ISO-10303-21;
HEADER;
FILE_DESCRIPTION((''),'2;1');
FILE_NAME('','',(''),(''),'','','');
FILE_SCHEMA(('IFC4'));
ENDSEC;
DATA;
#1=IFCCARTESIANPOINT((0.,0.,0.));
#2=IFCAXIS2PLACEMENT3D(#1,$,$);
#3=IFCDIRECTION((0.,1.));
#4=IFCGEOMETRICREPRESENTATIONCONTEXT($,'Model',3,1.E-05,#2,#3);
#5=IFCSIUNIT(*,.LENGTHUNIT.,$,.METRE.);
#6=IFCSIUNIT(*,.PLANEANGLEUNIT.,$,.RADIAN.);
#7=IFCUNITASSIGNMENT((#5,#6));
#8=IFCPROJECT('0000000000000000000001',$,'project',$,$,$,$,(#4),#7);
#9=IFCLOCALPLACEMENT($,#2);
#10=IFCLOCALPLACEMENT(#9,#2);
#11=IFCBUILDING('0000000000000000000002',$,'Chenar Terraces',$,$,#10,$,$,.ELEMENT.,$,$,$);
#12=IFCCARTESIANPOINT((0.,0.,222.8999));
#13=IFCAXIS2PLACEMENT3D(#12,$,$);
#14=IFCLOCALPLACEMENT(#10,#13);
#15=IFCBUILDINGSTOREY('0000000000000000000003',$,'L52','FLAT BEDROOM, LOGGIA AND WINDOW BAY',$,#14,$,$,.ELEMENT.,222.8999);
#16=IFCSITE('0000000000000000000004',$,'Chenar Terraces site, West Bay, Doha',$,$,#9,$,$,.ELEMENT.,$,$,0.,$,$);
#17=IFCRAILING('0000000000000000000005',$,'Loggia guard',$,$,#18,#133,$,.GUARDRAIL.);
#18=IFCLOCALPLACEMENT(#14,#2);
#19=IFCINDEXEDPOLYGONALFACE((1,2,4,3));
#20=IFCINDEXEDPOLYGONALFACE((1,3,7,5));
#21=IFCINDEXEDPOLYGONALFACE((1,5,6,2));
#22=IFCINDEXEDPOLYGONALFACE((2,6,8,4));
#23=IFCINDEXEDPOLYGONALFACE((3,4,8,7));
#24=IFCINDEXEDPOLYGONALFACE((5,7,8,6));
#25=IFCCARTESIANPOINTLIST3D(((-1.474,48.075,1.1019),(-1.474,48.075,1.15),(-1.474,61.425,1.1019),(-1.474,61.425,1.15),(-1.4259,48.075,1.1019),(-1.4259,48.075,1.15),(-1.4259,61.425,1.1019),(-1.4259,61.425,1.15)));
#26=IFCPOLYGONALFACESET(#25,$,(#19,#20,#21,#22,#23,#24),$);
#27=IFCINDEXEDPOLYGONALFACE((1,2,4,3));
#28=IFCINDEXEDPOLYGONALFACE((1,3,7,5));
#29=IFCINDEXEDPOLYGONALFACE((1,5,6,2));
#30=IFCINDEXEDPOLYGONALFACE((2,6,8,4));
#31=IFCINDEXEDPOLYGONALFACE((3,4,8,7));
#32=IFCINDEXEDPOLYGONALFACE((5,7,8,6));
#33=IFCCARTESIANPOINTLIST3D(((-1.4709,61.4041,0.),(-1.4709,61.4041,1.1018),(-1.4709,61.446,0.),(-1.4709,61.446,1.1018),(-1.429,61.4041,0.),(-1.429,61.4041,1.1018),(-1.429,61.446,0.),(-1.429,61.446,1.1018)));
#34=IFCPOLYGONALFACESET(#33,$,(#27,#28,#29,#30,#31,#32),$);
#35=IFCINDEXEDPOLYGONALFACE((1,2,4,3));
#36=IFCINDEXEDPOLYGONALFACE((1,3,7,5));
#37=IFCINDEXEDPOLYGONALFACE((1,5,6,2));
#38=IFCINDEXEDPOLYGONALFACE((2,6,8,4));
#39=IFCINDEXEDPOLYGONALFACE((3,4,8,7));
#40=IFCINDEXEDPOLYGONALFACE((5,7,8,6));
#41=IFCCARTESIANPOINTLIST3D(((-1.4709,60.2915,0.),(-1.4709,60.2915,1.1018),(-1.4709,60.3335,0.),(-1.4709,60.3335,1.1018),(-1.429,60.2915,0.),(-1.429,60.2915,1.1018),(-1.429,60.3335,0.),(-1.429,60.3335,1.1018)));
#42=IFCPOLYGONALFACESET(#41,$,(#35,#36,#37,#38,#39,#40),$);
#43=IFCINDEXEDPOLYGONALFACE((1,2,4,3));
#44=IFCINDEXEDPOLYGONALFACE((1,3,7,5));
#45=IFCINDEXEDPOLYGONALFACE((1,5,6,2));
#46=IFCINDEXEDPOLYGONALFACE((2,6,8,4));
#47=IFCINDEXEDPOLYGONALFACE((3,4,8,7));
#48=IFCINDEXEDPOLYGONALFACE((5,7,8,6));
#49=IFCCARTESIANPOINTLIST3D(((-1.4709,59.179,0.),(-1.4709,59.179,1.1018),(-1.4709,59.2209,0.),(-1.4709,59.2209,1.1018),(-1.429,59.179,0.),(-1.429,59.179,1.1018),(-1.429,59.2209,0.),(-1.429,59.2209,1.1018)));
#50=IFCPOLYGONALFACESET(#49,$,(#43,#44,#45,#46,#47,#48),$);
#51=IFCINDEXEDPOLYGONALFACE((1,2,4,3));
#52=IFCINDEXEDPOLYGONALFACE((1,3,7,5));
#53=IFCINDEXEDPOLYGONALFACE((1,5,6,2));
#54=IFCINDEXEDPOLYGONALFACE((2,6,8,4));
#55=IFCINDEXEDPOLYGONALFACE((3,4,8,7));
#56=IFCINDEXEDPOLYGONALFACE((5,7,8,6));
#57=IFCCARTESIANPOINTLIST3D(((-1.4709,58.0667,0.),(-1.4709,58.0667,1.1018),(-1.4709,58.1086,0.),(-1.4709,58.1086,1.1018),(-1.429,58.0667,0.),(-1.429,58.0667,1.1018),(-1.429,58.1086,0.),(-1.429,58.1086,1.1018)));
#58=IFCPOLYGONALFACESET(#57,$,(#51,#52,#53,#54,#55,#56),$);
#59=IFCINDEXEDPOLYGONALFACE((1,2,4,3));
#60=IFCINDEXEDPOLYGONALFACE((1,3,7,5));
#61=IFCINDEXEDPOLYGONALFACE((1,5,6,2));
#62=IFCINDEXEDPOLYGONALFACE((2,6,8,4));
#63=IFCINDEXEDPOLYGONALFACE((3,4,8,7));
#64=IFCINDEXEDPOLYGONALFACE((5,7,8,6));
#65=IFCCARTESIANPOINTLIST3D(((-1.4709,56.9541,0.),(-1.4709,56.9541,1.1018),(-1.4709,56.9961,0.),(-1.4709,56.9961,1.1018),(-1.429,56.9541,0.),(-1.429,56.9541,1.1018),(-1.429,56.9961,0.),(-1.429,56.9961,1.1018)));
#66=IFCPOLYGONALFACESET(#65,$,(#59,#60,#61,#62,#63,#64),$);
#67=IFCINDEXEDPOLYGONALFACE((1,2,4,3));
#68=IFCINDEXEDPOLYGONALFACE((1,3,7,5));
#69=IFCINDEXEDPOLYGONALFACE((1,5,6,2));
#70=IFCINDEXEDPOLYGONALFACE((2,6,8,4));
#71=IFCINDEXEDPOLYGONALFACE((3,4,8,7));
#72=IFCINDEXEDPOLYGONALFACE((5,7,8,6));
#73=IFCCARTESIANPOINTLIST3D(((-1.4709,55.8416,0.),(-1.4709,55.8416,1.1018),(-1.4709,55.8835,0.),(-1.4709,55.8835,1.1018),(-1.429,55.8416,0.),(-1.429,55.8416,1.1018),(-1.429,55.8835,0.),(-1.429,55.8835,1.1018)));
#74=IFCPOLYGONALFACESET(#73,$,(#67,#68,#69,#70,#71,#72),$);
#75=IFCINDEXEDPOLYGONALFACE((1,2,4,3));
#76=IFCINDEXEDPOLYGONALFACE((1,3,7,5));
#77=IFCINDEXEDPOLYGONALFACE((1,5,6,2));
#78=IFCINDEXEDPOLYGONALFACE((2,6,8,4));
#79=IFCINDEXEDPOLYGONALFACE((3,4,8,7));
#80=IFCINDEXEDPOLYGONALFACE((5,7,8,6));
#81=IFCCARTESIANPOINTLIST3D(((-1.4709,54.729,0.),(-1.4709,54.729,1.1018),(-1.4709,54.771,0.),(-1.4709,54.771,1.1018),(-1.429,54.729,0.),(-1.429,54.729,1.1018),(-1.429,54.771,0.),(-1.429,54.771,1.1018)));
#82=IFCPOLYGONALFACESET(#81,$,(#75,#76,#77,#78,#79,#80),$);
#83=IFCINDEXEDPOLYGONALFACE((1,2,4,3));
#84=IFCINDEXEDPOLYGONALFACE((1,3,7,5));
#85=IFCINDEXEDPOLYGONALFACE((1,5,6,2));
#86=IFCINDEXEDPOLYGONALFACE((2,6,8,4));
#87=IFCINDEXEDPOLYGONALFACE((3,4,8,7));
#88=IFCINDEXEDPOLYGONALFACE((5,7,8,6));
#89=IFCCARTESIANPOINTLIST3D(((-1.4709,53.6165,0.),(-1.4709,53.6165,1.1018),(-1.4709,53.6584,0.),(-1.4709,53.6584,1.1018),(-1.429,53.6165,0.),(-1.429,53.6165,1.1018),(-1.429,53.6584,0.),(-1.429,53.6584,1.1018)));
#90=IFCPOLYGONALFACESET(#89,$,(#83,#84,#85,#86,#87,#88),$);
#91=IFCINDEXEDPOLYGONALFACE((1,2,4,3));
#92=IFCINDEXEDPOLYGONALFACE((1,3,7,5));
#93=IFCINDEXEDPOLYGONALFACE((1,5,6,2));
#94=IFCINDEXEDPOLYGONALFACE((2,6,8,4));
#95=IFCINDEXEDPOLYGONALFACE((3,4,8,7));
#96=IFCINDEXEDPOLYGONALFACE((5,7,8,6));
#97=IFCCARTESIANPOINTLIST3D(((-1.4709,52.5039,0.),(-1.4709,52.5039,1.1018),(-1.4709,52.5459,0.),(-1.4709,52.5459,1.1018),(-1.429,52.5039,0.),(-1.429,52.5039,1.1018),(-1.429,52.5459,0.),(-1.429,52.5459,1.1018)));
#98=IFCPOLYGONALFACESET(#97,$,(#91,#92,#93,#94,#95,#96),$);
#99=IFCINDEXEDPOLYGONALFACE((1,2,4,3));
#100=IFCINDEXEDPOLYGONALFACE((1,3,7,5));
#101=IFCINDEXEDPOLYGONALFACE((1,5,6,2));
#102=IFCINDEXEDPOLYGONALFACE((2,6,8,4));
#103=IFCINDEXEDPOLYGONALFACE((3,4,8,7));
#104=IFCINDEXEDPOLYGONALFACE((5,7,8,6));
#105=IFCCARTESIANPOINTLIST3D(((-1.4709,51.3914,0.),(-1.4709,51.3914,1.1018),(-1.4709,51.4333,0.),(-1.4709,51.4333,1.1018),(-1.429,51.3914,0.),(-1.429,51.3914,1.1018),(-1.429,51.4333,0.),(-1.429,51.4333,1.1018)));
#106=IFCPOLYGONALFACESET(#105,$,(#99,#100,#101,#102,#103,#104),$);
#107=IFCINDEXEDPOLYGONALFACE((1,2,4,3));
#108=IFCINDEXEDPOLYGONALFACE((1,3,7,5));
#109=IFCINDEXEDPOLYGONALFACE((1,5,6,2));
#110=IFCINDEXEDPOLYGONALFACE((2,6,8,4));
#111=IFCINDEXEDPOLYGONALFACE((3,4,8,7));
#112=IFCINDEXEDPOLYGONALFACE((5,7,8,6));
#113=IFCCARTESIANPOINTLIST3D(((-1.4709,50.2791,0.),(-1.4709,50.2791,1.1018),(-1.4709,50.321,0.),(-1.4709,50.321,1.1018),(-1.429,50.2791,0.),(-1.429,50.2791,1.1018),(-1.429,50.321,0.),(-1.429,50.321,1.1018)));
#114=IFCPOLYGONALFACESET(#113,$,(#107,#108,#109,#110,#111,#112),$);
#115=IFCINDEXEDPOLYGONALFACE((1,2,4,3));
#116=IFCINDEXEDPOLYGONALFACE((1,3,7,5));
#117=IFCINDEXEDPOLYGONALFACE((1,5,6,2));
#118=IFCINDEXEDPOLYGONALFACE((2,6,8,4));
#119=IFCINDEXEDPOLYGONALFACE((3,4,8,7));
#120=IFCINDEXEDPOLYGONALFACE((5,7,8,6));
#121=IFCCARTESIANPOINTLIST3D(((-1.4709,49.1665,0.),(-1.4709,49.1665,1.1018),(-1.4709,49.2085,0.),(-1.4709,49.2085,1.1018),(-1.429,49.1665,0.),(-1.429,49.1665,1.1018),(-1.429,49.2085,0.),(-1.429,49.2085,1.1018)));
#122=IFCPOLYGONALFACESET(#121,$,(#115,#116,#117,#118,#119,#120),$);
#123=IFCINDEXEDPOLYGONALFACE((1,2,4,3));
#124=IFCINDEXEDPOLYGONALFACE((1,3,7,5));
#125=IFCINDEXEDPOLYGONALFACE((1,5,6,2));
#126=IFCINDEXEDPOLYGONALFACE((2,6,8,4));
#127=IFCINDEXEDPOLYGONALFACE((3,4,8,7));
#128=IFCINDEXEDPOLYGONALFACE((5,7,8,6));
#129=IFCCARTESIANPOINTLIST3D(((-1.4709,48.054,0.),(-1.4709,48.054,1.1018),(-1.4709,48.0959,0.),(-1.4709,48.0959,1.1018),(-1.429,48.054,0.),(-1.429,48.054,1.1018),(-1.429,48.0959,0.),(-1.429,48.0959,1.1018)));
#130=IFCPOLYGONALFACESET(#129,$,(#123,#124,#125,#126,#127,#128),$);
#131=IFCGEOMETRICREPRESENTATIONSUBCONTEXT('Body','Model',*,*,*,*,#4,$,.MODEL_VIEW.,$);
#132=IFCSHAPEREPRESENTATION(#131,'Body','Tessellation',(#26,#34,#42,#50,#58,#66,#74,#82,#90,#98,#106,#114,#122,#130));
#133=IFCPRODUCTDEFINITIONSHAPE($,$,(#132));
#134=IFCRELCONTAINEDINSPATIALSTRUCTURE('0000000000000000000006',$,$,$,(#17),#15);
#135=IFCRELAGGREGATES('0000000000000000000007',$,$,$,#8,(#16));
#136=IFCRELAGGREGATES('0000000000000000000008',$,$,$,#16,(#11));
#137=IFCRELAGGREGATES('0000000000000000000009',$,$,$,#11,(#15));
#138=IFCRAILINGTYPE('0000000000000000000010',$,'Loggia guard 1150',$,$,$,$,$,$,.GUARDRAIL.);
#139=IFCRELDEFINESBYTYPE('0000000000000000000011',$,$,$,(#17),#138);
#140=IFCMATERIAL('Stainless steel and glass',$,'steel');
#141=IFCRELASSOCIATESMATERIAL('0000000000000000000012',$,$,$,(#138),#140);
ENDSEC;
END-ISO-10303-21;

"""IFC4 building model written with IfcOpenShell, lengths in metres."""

from ifc_helpers import new_model, si_unit, direction, frame, origin, origin_2d, place, context, subcontext, project, spatial, rectangle, extrude, material, type_object, element, save


model = new_model("IFC4")

# Units and contexts
model_context = context("Model", 3, precision=1e-05, world=origin(), true_north=direction((0.0, 1.0)))
body_context = subcontext(model_context, "Body", "Model", "MODEL_VIEW")
ifc_project = project(units=[si_unit("LENGTHUNIT", "METRE"), si_unit("PLANEANGLEUNIT", "RADIAN")], contexts=[model_context])

# Site, building, storey
site_placement = place(None, origin())
site = spatial("IfcSite", under=ifc_project, at=site_placement, Name="Chenar Terraces site, West Bay, Doha", CompositionType="ELEMENT", RefElevation=0.0)
building_placement = place(site_placement, origin())
building = spatial("IfcBuilding", under=site, at=building_placement, Name="Chenar Terraces", CompositionType="ELEMENT")
storey_placement = place(building_placement, frame((0.0, 0.0, 222.8999)))
storey = spatial("IfcBuildingStorey", under=building, at=storey_placement, Name="L52", Description="FLAT BEDROOM, LOGGIA AND WINDOW BAY", CompositionType="ELEMENT", Elevation=222.8999)

# Railing
ifc_material_1 = material(Name="Stainless steel and glass", Category="steel")
railing_type = type_object("IfcRailingType", Name="Loggia guard 1150", PredefinedType="GUARDRAIL", material=ifc_material_1)
railing_placement = place(storey_placement, frame((-1.45, 61.425, 0.0)))
element("IfcRailing", 1, at=railing_placement, inside=storey, type_object=railing_type, Name="Loggia guard", PredefinedType="GUARDRAIL", context=body_context, shape_type="SweptSolid", body=[
    extrude(rectangle(XDim=0.0481, YDim=0.0481, at=origin_2d()), frame((0.0, 0.0, 1.126), z_axis=(0.0, -1.0, 0.0), x_axis=(1.0, 0.0, 0.0)), (0.0, 0.0, 1.0), 13.3501),
    extrude(rectangle(XDim=0.042, YDim=0.042, at=origin_2d()), origin(), (0.0, 0.0, 1.0), 1.1018),
    extrude(rectangle(XDim=0.042, YDim=0.042, at=origin_2d()), frame((0.0, -1.1125, 0.0)), (0.0, 0.0, 1.0), 1.1018),
    extrude(rectangle(XDim=0.042, YDim=0.042, at=origin_2d()), frame((0.0, -2.2251, 0.0)), (0.0, 0.0, 1.0), 1.1018),
    extrude(rectangle(XDim=0.042, YDim=0.042, at=origin_2d()), frame((0.0, -3.3374, 0.0)), (0.0, 0.0, 1.0), 1.1018),
    extrude(rectangle(XDim=0.042, YDim=0.042, at=origin_2d()), frame((0.0, -4.45, 0.0)), (0.0, 0.0, 1.0), 1.1018),
    extrude(rectangle(XDim=0.042, YDim=0.042, at=origin_2d()), frame((0.0, -5.5625, 0.0)), (0.0, 0.0, 1.0), 1.1018),
    extrude(rectangle(XDim=0.042, YDim=0.042, at=origin_2d()), frame((0.0, -6.675, 0.0)), (0.0, 0.0, 1.0), 1.1018),
    extrude(rectangle(XDim=0.042, YDim=0.042, at=origin_2d()), frame((0.0, -7.7876, 0.0)), (0.0, 0.0, 1.0), 1.1018),
    extrude(rectangle(XDim=0.042, YDim=0.042, at=origin_2d()), frame((0.0, -8.9001, 0.0)), (0.0, 0.0, 1.0), 1.1018),
    extrude(rectangle(XDim=0.042, YDim=0.042, at=origin_2d()), frame((0.0, -10.0127, 0.0)), (0.0, 0.0, 1.0), 1.1018),
    extrude(rectangle(XDim=0.042, YDim=0.042, at=origin_2d()), frame((0.0, -11.125, 0.0)), (0.0, 0.0, 1.0), 1.1018),
    extrude(rectangle(XDim=0.042, YDim=0.042, at=origin_2d()), frame((0.0, -12.2375, 0.0)), (0.0, 0.0, 1.0), 1.1018),
    extrude(rectangle(XDim=0.042, YDim=0.042, at=origin_2d()), frame((0.0, -13.3501, 0.0)), (0.0, 0.0, 1.0), 1.1018),
])

save(model, "model.ifc")
